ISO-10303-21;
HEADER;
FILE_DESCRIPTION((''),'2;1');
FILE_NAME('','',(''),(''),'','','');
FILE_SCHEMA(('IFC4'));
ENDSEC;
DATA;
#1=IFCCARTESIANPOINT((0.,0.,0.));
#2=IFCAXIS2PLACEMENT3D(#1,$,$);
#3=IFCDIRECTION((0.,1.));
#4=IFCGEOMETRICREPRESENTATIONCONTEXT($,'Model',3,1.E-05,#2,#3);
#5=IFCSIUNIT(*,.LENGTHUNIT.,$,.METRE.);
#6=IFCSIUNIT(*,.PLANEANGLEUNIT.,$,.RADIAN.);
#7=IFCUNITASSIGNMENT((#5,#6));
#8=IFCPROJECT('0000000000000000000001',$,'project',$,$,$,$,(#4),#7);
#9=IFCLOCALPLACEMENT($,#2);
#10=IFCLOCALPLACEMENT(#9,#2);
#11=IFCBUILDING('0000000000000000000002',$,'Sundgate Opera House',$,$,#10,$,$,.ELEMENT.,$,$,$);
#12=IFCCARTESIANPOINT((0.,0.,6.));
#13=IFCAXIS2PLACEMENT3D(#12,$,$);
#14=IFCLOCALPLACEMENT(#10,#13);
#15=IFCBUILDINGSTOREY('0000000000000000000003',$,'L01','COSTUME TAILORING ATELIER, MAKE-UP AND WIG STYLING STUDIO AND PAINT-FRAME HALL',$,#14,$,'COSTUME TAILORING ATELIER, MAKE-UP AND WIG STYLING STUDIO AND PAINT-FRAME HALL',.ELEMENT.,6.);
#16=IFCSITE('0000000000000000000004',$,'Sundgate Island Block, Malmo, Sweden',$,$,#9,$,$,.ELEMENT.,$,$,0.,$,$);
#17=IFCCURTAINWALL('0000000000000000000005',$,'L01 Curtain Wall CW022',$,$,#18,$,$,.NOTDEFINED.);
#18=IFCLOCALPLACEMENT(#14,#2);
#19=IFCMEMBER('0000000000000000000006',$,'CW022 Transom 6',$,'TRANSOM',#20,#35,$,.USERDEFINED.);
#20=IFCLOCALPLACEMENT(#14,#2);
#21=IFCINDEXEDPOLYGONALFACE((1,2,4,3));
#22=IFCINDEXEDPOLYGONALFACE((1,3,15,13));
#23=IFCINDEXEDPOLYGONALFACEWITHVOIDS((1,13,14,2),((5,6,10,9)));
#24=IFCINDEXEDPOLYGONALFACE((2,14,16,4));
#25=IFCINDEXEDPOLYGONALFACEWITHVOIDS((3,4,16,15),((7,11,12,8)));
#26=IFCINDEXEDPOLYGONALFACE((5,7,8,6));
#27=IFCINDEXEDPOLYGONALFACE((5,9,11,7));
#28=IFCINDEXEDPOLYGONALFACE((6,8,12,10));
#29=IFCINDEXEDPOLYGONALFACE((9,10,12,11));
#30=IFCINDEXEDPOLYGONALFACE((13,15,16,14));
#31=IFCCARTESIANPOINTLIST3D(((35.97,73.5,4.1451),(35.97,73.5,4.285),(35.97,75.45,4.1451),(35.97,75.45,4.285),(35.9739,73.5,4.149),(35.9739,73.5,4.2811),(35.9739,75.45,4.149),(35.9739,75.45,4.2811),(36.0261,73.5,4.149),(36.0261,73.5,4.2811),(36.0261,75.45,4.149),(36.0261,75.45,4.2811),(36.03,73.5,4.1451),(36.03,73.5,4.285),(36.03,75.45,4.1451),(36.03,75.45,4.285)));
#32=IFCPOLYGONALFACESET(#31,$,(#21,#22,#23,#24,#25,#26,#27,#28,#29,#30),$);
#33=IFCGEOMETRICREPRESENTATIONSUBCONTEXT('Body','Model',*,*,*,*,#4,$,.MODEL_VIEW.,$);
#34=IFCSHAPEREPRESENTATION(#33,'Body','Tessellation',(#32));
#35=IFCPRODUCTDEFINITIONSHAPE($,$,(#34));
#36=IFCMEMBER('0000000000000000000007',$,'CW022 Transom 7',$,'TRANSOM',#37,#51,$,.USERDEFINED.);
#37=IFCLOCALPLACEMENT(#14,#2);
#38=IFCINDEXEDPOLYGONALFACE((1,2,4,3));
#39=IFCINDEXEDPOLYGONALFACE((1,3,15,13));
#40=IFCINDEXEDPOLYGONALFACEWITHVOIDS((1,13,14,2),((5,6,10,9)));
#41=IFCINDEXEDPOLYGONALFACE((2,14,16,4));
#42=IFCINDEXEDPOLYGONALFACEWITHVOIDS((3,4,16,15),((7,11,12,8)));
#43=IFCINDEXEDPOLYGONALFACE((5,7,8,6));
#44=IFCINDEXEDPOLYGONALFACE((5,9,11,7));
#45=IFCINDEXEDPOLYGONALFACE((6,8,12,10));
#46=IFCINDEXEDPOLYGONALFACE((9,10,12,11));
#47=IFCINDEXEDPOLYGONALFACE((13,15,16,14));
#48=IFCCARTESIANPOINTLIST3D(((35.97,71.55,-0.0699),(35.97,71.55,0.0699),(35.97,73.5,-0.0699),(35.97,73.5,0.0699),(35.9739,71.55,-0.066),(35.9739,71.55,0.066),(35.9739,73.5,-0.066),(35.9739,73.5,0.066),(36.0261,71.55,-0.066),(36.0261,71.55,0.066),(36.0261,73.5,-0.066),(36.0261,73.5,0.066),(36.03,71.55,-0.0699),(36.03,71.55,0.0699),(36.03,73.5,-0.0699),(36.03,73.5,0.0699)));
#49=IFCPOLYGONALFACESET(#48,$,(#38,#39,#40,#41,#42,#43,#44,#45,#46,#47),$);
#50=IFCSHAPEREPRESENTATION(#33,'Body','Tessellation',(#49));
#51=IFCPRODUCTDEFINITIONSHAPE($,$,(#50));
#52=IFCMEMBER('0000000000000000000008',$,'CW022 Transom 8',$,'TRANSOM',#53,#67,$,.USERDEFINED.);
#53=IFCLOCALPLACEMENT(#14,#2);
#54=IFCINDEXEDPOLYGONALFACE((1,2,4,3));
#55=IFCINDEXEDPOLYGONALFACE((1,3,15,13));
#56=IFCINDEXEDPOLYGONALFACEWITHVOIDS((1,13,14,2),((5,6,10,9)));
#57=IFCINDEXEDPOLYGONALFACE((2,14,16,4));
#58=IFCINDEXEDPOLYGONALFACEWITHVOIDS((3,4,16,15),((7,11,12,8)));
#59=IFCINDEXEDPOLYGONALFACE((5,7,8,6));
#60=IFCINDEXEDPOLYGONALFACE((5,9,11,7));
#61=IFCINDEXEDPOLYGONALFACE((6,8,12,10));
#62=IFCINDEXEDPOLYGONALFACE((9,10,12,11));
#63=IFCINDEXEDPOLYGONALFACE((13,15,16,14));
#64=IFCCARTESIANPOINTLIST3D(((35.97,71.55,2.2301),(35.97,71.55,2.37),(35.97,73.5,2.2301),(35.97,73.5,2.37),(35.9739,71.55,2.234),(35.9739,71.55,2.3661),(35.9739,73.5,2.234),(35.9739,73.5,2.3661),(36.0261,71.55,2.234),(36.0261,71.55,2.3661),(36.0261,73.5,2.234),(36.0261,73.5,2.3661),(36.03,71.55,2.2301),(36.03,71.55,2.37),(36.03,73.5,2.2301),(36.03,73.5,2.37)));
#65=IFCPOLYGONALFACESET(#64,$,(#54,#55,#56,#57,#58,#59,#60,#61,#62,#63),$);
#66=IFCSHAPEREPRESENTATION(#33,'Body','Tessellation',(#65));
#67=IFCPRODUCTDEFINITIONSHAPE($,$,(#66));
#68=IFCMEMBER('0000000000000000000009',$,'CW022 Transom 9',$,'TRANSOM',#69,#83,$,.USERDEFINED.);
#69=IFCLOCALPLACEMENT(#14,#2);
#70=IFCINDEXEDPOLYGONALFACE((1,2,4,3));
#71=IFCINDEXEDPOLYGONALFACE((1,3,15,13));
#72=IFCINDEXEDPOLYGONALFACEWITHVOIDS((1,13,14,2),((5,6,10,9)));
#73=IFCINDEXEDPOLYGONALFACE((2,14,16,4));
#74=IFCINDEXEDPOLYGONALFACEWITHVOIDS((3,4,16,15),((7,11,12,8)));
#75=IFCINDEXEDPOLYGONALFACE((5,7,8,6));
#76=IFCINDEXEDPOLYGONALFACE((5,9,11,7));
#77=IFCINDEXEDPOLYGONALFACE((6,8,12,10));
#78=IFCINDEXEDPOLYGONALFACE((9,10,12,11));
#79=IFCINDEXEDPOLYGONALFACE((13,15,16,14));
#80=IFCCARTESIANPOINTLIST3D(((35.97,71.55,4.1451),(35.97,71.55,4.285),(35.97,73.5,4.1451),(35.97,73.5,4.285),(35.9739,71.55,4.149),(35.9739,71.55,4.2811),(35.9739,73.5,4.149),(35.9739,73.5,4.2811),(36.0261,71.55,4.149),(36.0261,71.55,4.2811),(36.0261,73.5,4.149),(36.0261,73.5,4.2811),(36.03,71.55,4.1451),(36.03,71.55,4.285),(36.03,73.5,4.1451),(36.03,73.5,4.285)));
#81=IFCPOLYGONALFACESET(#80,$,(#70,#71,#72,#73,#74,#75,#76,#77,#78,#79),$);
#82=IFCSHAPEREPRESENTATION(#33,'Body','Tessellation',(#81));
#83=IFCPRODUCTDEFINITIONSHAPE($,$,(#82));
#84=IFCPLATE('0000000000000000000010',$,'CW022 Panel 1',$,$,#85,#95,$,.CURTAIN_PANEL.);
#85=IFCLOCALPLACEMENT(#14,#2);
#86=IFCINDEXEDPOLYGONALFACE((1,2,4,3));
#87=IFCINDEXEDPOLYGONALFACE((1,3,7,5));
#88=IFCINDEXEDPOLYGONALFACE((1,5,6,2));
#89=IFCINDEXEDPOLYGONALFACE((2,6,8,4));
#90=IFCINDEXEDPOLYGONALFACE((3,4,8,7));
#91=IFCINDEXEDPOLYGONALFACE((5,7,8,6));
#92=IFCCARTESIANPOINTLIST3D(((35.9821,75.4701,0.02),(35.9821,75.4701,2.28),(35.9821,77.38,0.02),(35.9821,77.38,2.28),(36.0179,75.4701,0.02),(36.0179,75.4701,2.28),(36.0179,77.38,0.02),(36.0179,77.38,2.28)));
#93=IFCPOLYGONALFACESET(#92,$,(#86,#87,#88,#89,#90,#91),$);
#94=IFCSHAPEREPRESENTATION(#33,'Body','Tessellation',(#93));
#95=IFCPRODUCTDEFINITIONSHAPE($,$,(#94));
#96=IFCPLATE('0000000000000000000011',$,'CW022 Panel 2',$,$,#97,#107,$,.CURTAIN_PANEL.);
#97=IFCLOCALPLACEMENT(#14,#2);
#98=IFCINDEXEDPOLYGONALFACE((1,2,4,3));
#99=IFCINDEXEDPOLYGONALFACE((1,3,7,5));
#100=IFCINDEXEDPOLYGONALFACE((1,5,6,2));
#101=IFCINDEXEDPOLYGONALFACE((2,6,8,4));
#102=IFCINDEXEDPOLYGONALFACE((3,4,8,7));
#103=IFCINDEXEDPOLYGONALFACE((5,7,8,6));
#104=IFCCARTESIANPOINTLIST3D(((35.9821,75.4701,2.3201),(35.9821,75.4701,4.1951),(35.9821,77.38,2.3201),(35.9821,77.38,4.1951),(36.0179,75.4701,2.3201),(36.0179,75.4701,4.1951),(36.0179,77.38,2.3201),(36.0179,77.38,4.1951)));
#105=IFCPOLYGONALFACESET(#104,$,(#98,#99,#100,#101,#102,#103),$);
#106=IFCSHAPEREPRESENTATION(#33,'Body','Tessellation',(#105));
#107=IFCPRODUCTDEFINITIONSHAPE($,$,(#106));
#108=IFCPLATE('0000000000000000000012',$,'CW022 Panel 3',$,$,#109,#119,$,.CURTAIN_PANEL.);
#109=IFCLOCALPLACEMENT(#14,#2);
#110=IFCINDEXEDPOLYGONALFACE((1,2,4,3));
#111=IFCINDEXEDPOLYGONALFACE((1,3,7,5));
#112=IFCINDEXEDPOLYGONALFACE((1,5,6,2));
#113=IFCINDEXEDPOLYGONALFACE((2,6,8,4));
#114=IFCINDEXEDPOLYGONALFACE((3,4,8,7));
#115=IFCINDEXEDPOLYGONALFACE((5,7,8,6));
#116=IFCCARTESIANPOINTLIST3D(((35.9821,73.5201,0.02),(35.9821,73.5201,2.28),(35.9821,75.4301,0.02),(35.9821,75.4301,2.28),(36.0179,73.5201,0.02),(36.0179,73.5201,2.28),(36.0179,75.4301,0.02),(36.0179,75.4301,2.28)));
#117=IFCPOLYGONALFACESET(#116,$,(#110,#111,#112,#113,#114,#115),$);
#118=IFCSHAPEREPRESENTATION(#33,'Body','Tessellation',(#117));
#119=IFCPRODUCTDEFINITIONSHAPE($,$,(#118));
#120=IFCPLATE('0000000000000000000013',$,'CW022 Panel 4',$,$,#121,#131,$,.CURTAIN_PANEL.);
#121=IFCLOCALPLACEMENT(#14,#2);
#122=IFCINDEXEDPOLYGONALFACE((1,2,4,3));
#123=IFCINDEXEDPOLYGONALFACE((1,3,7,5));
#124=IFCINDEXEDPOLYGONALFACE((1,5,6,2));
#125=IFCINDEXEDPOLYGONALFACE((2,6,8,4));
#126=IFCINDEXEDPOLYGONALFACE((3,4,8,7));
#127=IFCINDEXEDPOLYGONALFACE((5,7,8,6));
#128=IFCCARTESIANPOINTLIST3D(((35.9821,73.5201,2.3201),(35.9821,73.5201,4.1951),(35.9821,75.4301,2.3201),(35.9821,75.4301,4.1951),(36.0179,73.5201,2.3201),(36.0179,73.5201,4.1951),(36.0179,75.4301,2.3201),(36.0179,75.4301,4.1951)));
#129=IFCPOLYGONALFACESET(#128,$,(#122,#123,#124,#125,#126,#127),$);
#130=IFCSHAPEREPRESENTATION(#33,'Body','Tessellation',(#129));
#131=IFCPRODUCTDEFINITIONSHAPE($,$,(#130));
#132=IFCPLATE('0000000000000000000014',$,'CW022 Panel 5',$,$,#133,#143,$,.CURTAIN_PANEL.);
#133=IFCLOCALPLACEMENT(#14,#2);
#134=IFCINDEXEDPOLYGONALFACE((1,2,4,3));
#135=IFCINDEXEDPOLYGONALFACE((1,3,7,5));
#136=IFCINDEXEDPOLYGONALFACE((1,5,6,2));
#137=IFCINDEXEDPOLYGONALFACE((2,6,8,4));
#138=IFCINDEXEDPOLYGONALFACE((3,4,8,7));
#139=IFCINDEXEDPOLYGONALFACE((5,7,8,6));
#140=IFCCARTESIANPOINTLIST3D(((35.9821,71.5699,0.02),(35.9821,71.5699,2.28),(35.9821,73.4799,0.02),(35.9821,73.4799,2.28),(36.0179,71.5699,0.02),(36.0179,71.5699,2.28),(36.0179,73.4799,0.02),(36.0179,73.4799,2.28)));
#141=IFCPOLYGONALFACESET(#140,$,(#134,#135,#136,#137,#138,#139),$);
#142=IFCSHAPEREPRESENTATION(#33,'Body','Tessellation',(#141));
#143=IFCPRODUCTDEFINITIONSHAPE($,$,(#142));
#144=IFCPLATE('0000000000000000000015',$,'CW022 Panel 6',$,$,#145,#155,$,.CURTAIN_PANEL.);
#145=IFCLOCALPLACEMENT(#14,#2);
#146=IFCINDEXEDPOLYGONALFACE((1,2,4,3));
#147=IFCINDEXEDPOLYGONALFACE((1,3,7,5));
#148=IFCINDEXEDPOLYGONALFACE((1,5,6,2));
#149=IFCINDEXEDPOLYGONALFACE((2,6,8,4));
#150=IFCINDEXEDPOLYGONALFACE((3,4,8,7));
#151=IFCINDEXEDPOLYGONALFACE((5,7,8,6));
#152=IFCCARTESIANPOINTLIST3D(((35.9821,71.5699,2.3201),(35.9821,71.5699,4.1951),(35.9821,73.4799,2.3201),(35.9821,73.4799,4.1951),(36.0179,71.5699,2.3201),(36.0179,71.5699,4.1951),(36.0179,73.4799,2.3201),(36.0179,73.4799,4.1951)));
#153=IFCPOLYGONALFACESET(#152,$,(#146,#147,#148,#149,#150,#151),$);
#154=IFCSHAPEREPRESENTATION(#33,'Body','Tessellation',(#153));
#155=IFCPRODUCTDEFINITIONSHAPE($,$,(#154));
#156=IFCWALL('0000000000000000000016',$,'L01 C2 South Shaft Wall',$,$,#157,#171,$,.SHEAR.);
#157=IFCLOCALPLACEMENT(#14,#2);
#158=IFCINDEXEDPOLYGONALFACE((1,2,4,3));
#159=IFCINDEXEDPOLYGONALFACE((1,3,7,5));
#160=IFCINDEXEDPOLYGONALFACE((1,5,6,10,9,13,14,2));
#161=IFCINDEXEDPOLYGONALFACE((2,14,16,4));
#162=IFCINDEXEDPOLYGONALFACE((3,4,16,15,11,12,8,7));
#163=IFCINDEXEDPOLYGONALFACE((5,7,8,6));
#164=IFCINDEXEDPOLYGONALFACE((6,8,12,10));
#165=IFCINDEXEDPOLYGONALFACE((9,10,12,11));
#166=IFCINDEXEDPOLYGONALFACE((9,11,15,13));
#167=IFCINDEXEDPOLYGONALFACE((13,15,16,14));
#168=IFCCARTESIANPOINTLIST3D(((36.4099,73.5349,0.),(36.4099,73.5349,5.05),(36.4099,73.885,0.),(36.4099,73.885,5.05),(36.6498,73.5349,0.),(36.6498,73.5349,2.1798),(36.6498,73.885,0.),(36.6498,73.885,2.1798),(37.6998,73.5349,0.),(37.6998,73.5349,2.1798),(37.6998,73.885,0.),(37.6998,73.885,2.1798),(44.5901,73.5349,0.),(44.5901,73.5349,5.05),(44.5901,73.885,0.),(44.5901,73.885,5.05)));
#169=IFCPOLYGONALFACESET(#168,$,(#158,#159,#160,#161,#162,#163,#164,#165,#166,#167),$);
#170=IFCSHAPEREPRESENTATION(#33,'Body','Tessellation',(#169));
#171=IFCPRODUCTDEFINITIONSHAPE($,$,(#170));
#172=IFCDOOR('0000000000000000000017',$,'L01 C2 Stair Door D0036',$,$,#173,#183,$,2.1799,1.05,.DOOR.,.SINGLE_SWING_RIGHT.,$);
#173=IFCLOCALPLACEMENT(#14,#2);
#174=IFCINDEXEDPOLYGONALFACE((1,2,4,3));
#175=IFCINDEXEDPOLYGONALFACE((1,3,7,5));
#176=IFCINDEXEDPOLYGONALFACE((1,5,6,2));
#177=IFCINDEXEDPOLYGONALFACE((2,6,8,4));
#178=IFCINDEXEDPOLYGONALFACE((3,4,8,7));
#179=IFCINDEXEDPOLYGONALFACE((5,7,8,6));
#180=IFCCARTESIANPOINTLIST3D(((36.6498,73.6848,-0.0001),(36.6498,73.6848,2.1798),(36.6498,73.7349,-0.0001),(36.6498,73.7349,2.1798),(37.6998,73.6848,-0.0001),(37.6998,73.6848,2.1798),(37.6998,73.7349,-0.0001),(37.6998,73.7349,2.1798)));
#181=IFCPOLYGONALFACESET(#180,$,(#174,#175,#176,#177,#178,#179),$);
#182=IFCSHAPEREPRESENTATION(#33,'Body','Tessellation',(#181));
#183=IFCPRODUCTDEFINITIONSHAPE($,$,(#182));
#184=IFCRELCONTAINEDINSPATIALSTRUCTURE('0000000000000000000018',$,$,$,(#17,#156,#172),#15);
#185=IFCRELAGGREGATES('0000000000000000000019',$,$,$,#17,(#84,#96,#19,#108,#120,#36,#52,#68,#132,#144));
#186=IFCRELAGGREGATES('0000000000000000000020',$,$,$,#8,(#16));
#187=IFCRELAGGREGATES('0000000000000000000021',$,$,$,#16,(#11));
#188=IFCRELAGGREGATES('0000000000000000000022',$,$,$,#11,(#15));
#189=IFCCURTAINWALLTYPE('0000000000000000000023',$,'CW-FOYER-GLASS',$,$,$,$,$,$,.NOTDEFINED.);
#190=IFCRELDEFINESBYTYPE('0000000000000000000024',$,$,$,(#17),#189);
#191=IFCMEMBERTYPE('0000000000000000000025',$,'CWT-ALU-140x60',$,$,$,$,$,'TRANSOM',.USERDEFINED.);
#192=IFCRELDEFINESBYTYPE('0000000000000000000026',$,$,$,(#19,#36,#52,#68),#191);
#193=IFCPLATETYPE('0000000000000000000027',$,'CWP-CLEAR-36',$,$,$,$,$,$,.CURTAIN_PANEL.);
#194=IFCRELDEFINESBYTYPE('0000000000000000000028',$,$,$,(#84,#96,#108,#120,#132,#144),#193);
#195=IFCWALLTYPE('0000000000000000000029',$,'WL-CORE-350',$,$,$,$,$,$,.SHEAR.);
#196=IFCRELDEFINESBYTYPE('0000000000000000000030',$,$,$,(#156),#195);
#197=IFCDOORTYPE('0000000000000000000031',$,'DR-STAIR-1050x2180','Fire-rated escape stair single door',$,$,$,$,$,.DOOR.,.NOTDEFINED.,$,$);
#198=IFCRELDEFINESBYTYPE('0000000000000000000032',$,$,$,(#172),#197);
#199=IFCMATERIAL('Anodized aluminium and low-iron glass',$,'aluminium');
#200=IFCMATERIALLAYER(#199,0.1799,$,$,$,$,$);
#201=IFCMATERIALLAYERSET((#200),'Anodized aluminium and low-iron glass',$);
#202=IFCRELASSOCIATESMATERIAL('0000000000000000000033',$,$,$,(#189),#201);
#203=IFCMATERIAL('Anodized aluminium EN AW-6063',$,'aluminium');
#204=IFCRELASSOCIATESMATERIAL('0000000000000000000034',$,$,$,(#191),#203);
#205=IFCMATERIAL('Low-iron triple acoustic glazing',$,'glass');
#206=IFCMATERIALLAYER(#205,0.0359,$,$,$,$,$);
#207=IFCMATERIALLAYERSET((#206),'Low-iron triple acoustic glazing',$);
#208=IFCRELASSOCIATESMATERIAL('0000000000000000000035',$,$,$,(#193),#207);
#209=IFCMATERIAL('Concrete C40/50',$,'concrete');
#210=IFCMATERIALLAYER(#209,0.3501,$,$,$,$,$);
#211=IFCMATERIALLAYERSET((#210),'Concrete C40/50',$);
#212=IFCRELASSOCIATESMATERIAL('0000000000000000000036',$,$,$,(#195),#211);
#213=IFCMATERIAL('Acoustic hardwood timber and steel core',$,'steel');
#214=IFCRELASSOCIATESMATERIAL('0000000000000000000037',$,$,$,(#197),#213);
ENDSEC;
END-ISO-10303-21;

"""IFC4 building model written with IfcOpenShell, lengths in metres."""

from ifc_helpers import new_model, si_unit, direction, frame, frame_2d, origin, origin_2d, place, context, subcontext, project, spatial, rectangle, hollow_rectangle, extrude, material, layer, layer_set, material_profile, profile_set, type_object, element, fill, aggregate, save


model = new_model("IFC4")

# Units and contexts
model_context = context("Model", 3, precision=1e-05, world=origin(), true_north=direction((0.0, 1.0)))
body_context = subcontext(model_context, "Body", "Model", "MODEL_VIEW")
ifc_project = project(units=[si_unit("LENGTHUNIT", "METRE"), si_unit("PLANEANGLEUNIT", "RADIAN")], contexts=[model_context])

# Site, building, storey
site_placement = place(None, origin())
site = spatial("IfcSite", under=ifc_project, at=site_placement, Name="Sundgate Island Block, Malmo, Sweden", CompositionType="ELEMENT", RefElevation=0.0)
building_placement = place(site_placement, origin())
building = spatial("IfcBuilding", under=site, at=building_placement, Name="Sundgate Opera House", CompositionType="ELEMENT")
storey_placement = place(building_placement, frame((0.0, 0.0, 6.0)))
storey = spatial("IfcBuildingStorey", under=building, at=storey_placement, Name="L01", Description="COSTUME TAILORING ATELIER, MAKE-UP AND WIG STYLING STUDIO AND PAINT-FRAME HALL", LongName="COSTUME TAILORING ATELIER, MAKE-UP AND WIG STYLING STUDIO AND PAINT-FRAME HALL", CompositionType="ELEMENT", Elevation=6.0)

# Curtain wall, members, plates
ifc_material_1 = material(Name="Anodized aluminium and low-iron glass", Category="aluminium")
ifc_layer_1 = layer(ifc_material_1, 0.1799)
ifc_layer_set_1 = layer_set([ifc_layer_1], Name="Anodized aluminium and low-iron glass")
curtain_wall_type = type_object("IfcCurtainWallType", Name="CW-FOYER-GLASS", PredefinedType="NOTDEFINED", material=ifc_layer_set_1)
curtain_wall_placement = place(storey_placement, origin())
curtain_wall = element("IfcCurtainWall", 1, at=curtain_wall_placement, inside=storey, type_object=curtain_wall_type, Name="L01 Curtain Wall CW022", PredefinedType="NOTDEFINED")
ifc_material_2 = material(Name="Anodized aluminium EN AW-6063", Category="aluminium")
ifc_material_profile_1 = material_profile(ifc_material_2, hollow_rectangle(XDim=0.0601, YDim=0.1399, WallThickness=0.0039, at=origin_2d()), Name="CWT 140x60x4")
ifc_profile_set_1 = profile_set([ifc_material_profile_1], Name="Anodized aluminium EN AW-6063")
member_type_1 = type_object("IfcMemberType", Name="CWT-ALU-140x60", ElementType="TRANSOM", PredefinedType="USERDEFINED", material=ifc_profile_set_1)
member_1_placement = place(storey_placement, frame((36.0, 75.45, 4.2151), z_axis=(0.0, -1.0, 0.0), x_axis=(1.0, 0.0, 0.0)))
member_1 = element("IfcMember", 2, at=member_1_placement, type_object=member_type_1, Name="CW022 Transom 6", ObjectType="TRANSOM", PredefinedType="USERDEFINED", context=body_context, shape_type="SweptSolid", body=[
    extrude(hollow_rectangle(XDim=0.0601, YDim=0.1399, WallThickness=0.0039, at=origin_2d()), origin(), (0.0, 0.0, 1.0), 1.95),
])
member_2_placement = place(storey_placement, frame((36.0, 73.5, 0.0), z_axis=(0.0, -1.0, 0.0), x_axis=(1.0, 0.0, 0.0)))
member_2 = element("IfcMember", 3, at=member_2_placement, type_object=member_type_1, Name="CW022 Transom 7", ObjectType="TRANSOM", PredefinedType="USERDEFINED", context=body_context, shape_type="SweptSolid", body=[
    extrude(hollow_rectangle(XDim=0.0601, YDim=0.1399, WallThickness=0.0039, at=origin_2d()), origin(), (0.0, 0.0, 1.0), 1.95),
])
member_3_placement = place(storey_placement, frame((36.0, 73.5, 2.3), z_axis=(0.0, -1.0, 0.0), x_axis=(1.0, 0.0, 0.0)))
member_3 = element("IfcMember", 4, at=member_3_placement, type_object=member_type_1, Name="CW022 Transom 8", ObjectType="TRANSOM", PredefinedType="USERDEFINED", context=body_context, shape_type="SweptSolid", body=[
    extrude(hollow_rectangle(XDim=0.0601, YDim=0.1399, WallThickness=0.0039, at=origin_2d()), origin(), (0.0, 0.0, 1.0), 1.95),
])
member_4_placement = place(storey_placement, frame((36.0, 73.5, 4.2151), z_axis=(0.0, -1.0, 0.0), x_axis=(1.0, 0.0, 0.0)))
member_4 = element("IfcMember", 5, at=member_4_placement, type_object=member_type_1, Name="CW022 Transom 9", ObjectType="TRANSOM", PredefinedType="USERDEFINED", context=body_context, shape_type="SweptSolid", body=[
    extrude(hollow_rectangle(XDim=0.0601, YDim=0.1399, WallThickness=0.0039, at=origin_2d()), origin(), (0.0, 0.0, 1.0), 1.95),
])
ifc_material_3 = material(Name="Low-iron triple acoustic glazing", Category="glass")
ifc_layer_2 = layer(ifc_material_3, 0.0359)
ifc_layer_set_2 = layer_set([ifc_layer_2], Name="Low-iron triple acoustic glazing")
plate_type = type_object("IfcPlateType", Name="CWP-CLEAR-36", PredefinedType="CURTAIN_PANEL", material=ifc_layer_set_2)
plate_1_placement = place(storey_placement, frame((36.0, 76.425, 0.02), z_axis=(0.0, 0.0, 1.0), x_axis=(0.0, -1.0, 0.0)))
plate_1 = element("IfcPlate", 6, at=plate_1_placement, type_object=plate_type, Name="CW022 Panel 1", PredefinedType="CURTAIN_PANEL", context=body_context, shape_type="SweptSolid", body=[
    extrude(rectangle(XDim=1.9099, YDim=0.0359, at=origin_2d()), origin(), (0.0, 0.0, 1.0), 2.26),
])
plate_2_placement = place(storey_placement, frame((36.0, 76.425, 2.3201), z_axis=(0.0, 0.0, 1.0), x_axis=(0.0, -1.0, 0.0)))
plate_2 = element("IfcPlate", 7, at=plate_2_placement, type_object=plate_type, Name="CW022 Panel 2", PredefinedType="CURTAIN_PANEL", context=body_context, shape_type="SweptSolid", body=[
    extrude(rectangle(XDim=1.9099, YDim=0.0359, at=origin_2d()), origin(), (0.0, 0.0, 1.0), 1.875),
])
plate_3_placement = place(storey_placement, frame((36.0, 74.4751, 0.02), z_axis=(0.0, 0.0, 1.0), x_axis=(0.0, -1.0, 0.0)))
plate_3 = element("IfcPlate", 8, at=plate_3_placement, type_object=plate_type, Name="CW022 Panel 3", PredefinedType="CURTAIN_PANEL", context=body_context, shape_type="SweptSolid", body=[
    extrude(rectangle(XDim=1.9099, YDim=0.0359, at=origin_2d()), origin(), (0.0, 0.0, 1.0), 2.26),
])
plate_4_placement = place(storey_placement, frame((36.0, 74.4751, 2.3201), z_axis=(0.0, 0.0, 1.0), x_axis=(0.0, -1.0, 0.0)))
plate_4 = element("IfcPlate", 9, at=plate_4_placement, type_object=plate_type, Name="CW022 Panel 4", PredefinedType="CURTAIN_PANEL", context=body_context, shape_type="SweptSolid", body=[
    extrude(rectangle(XDim=1.9099, YDim=0.0359, at=origin_2d()), origin(), (0.0, 0.0, 1.0), 1.875),
])
plate_5_placement = place(storey_placement, frame((36.0, 72.5249, 0.02), z_axis=(0.0, 0.0, 1.0), x_axis=(0.0, -1.0, 0.0)))
plate_5 = element("IfcPlate", 10, at=plate_5_placement, type_object=plate_type, Name="CW022 Panel 5", PredefinedType="CURTAIN_PANEL", context=body_context, shape_type="SweptSolid", body=[
    extrude(rectangle(XDim=1.9099, YDim=0.0359, at=origin_2d()), origin(), (0.0, 0.0, 1.0), 2.26),
])
plate_6_placement = place(storey_placement, frame((36.0, 72.5249, 2.3201), z_axis=(0.0, 0.0, 1.0), x_axis=(0.0, -1.0, 0.0)))
plate_6 = element("IfcPlate", 11, at=plate_6_placement, type_object=plate_type, Name="CW022 Panel 6", PredefinedType="CURTAIN_PANEL", context=body_context, shape_type="SweptSolid", body=[
    extrude(rectangle(XDim=1.9099, YDim=0.0359, at=origin_2d()), origin(), (0.0, 0.0, 1.0), 1.875),
])
aggregate(curtain_wall, [plate_1, plate_2, member_1, plate_3, plate_4, member_2, member_3, member_4, plate_5, plate_6])

# Wall, opening, door
ifc_material_4 = material(Name="Concrete C40/50", Category="concrete")
ifc_layer_3 = layer(ifc_material_4, 0.3501)
ifc_layer_set_3 = layer_set([ifc_layer_3], Name="Concrete C40/50")
wall_type = type_object("IfcWallType", Name="WL-CORE-350", PredefinedType="SHEAR", material=ifc_layer_set_3)
wall_1_placement = place(storey_placement, frame((36.4099, 73.71, 0.0), z_axis=(0.0, 0.0, 1.0), x_axis=(1.0, 0.0, 0.0)))
wall_1 = element("IfcWall", 12, at=wall_1_placement, inside=storey, type_object=wall_type, Name="L01 C2 South Shaft Wall", PredefinedType="SHEAR", context=body_context, shape_type="SweptSolid", body=[
    extrude(rectangle(XDim=8.1802, YDim=0.3501, at=frame_2d((4.0901, 0.0))), origin(), (0.0, 0.0, 1.0), 5.05),
])
opening_placement = place(wall_1_placement, frame((0.24, 0.0, 0.0)))
opening = element("IfcOpeningElement", 13, at=opening_placement, cuts=wall_1, PredefinedType="OPENING", context=body_context, shape_type="SweptSolid", body=[
    extrude(rectangle(XDim=1.05, YDim=2.1799, at=frame_2d((0.5249, 1.0898))), frame((0.0, 0.1851, 0.0), z_axis=(0.0, -1.0, 0.0), x_axis=(1.0, 0.0, 0.0)), (0.0, 0.0, 1.0), 0.3701),
])
ifc_material_5 = material(Name="Acoustic hardwood timber and steel core", Category="steel")
door_type = type_object("IfcDoorType", Name="DR-STAIR-1050x2180", Description="Fire-rated escape stair single door", OperationType="NOTDEFINED", PredefinedType="DOOR", material=ifc_material_5)
door_placement = place(opening_placement, origin())
door = element("IfcDoor", 14, at=door_placement, inside=storey, type_object=door_type, Name="L01 C2 Stair Door D0036", OperationType="SINGLE_SWING_RIGHT", OverallHeight=2.1799, OverallWidth=1.05, PredefinedType="DOOR", context=body_context, shape_type="SweptSolid", body=[
    extrude(rectangle(XDim=1.05, YDim=2.1799, at=frame_2d((0.5249, 1.0898))), frame((0.0, 0.0249, 0.0), z_axis=(0.0, -1.0, 0.0), x_axis=(1.0, 0.0, 0.0)), (0.0, 0.0, 1.0), 0.05),
])
fill(opening, door)

save(model, "model.ifc")
